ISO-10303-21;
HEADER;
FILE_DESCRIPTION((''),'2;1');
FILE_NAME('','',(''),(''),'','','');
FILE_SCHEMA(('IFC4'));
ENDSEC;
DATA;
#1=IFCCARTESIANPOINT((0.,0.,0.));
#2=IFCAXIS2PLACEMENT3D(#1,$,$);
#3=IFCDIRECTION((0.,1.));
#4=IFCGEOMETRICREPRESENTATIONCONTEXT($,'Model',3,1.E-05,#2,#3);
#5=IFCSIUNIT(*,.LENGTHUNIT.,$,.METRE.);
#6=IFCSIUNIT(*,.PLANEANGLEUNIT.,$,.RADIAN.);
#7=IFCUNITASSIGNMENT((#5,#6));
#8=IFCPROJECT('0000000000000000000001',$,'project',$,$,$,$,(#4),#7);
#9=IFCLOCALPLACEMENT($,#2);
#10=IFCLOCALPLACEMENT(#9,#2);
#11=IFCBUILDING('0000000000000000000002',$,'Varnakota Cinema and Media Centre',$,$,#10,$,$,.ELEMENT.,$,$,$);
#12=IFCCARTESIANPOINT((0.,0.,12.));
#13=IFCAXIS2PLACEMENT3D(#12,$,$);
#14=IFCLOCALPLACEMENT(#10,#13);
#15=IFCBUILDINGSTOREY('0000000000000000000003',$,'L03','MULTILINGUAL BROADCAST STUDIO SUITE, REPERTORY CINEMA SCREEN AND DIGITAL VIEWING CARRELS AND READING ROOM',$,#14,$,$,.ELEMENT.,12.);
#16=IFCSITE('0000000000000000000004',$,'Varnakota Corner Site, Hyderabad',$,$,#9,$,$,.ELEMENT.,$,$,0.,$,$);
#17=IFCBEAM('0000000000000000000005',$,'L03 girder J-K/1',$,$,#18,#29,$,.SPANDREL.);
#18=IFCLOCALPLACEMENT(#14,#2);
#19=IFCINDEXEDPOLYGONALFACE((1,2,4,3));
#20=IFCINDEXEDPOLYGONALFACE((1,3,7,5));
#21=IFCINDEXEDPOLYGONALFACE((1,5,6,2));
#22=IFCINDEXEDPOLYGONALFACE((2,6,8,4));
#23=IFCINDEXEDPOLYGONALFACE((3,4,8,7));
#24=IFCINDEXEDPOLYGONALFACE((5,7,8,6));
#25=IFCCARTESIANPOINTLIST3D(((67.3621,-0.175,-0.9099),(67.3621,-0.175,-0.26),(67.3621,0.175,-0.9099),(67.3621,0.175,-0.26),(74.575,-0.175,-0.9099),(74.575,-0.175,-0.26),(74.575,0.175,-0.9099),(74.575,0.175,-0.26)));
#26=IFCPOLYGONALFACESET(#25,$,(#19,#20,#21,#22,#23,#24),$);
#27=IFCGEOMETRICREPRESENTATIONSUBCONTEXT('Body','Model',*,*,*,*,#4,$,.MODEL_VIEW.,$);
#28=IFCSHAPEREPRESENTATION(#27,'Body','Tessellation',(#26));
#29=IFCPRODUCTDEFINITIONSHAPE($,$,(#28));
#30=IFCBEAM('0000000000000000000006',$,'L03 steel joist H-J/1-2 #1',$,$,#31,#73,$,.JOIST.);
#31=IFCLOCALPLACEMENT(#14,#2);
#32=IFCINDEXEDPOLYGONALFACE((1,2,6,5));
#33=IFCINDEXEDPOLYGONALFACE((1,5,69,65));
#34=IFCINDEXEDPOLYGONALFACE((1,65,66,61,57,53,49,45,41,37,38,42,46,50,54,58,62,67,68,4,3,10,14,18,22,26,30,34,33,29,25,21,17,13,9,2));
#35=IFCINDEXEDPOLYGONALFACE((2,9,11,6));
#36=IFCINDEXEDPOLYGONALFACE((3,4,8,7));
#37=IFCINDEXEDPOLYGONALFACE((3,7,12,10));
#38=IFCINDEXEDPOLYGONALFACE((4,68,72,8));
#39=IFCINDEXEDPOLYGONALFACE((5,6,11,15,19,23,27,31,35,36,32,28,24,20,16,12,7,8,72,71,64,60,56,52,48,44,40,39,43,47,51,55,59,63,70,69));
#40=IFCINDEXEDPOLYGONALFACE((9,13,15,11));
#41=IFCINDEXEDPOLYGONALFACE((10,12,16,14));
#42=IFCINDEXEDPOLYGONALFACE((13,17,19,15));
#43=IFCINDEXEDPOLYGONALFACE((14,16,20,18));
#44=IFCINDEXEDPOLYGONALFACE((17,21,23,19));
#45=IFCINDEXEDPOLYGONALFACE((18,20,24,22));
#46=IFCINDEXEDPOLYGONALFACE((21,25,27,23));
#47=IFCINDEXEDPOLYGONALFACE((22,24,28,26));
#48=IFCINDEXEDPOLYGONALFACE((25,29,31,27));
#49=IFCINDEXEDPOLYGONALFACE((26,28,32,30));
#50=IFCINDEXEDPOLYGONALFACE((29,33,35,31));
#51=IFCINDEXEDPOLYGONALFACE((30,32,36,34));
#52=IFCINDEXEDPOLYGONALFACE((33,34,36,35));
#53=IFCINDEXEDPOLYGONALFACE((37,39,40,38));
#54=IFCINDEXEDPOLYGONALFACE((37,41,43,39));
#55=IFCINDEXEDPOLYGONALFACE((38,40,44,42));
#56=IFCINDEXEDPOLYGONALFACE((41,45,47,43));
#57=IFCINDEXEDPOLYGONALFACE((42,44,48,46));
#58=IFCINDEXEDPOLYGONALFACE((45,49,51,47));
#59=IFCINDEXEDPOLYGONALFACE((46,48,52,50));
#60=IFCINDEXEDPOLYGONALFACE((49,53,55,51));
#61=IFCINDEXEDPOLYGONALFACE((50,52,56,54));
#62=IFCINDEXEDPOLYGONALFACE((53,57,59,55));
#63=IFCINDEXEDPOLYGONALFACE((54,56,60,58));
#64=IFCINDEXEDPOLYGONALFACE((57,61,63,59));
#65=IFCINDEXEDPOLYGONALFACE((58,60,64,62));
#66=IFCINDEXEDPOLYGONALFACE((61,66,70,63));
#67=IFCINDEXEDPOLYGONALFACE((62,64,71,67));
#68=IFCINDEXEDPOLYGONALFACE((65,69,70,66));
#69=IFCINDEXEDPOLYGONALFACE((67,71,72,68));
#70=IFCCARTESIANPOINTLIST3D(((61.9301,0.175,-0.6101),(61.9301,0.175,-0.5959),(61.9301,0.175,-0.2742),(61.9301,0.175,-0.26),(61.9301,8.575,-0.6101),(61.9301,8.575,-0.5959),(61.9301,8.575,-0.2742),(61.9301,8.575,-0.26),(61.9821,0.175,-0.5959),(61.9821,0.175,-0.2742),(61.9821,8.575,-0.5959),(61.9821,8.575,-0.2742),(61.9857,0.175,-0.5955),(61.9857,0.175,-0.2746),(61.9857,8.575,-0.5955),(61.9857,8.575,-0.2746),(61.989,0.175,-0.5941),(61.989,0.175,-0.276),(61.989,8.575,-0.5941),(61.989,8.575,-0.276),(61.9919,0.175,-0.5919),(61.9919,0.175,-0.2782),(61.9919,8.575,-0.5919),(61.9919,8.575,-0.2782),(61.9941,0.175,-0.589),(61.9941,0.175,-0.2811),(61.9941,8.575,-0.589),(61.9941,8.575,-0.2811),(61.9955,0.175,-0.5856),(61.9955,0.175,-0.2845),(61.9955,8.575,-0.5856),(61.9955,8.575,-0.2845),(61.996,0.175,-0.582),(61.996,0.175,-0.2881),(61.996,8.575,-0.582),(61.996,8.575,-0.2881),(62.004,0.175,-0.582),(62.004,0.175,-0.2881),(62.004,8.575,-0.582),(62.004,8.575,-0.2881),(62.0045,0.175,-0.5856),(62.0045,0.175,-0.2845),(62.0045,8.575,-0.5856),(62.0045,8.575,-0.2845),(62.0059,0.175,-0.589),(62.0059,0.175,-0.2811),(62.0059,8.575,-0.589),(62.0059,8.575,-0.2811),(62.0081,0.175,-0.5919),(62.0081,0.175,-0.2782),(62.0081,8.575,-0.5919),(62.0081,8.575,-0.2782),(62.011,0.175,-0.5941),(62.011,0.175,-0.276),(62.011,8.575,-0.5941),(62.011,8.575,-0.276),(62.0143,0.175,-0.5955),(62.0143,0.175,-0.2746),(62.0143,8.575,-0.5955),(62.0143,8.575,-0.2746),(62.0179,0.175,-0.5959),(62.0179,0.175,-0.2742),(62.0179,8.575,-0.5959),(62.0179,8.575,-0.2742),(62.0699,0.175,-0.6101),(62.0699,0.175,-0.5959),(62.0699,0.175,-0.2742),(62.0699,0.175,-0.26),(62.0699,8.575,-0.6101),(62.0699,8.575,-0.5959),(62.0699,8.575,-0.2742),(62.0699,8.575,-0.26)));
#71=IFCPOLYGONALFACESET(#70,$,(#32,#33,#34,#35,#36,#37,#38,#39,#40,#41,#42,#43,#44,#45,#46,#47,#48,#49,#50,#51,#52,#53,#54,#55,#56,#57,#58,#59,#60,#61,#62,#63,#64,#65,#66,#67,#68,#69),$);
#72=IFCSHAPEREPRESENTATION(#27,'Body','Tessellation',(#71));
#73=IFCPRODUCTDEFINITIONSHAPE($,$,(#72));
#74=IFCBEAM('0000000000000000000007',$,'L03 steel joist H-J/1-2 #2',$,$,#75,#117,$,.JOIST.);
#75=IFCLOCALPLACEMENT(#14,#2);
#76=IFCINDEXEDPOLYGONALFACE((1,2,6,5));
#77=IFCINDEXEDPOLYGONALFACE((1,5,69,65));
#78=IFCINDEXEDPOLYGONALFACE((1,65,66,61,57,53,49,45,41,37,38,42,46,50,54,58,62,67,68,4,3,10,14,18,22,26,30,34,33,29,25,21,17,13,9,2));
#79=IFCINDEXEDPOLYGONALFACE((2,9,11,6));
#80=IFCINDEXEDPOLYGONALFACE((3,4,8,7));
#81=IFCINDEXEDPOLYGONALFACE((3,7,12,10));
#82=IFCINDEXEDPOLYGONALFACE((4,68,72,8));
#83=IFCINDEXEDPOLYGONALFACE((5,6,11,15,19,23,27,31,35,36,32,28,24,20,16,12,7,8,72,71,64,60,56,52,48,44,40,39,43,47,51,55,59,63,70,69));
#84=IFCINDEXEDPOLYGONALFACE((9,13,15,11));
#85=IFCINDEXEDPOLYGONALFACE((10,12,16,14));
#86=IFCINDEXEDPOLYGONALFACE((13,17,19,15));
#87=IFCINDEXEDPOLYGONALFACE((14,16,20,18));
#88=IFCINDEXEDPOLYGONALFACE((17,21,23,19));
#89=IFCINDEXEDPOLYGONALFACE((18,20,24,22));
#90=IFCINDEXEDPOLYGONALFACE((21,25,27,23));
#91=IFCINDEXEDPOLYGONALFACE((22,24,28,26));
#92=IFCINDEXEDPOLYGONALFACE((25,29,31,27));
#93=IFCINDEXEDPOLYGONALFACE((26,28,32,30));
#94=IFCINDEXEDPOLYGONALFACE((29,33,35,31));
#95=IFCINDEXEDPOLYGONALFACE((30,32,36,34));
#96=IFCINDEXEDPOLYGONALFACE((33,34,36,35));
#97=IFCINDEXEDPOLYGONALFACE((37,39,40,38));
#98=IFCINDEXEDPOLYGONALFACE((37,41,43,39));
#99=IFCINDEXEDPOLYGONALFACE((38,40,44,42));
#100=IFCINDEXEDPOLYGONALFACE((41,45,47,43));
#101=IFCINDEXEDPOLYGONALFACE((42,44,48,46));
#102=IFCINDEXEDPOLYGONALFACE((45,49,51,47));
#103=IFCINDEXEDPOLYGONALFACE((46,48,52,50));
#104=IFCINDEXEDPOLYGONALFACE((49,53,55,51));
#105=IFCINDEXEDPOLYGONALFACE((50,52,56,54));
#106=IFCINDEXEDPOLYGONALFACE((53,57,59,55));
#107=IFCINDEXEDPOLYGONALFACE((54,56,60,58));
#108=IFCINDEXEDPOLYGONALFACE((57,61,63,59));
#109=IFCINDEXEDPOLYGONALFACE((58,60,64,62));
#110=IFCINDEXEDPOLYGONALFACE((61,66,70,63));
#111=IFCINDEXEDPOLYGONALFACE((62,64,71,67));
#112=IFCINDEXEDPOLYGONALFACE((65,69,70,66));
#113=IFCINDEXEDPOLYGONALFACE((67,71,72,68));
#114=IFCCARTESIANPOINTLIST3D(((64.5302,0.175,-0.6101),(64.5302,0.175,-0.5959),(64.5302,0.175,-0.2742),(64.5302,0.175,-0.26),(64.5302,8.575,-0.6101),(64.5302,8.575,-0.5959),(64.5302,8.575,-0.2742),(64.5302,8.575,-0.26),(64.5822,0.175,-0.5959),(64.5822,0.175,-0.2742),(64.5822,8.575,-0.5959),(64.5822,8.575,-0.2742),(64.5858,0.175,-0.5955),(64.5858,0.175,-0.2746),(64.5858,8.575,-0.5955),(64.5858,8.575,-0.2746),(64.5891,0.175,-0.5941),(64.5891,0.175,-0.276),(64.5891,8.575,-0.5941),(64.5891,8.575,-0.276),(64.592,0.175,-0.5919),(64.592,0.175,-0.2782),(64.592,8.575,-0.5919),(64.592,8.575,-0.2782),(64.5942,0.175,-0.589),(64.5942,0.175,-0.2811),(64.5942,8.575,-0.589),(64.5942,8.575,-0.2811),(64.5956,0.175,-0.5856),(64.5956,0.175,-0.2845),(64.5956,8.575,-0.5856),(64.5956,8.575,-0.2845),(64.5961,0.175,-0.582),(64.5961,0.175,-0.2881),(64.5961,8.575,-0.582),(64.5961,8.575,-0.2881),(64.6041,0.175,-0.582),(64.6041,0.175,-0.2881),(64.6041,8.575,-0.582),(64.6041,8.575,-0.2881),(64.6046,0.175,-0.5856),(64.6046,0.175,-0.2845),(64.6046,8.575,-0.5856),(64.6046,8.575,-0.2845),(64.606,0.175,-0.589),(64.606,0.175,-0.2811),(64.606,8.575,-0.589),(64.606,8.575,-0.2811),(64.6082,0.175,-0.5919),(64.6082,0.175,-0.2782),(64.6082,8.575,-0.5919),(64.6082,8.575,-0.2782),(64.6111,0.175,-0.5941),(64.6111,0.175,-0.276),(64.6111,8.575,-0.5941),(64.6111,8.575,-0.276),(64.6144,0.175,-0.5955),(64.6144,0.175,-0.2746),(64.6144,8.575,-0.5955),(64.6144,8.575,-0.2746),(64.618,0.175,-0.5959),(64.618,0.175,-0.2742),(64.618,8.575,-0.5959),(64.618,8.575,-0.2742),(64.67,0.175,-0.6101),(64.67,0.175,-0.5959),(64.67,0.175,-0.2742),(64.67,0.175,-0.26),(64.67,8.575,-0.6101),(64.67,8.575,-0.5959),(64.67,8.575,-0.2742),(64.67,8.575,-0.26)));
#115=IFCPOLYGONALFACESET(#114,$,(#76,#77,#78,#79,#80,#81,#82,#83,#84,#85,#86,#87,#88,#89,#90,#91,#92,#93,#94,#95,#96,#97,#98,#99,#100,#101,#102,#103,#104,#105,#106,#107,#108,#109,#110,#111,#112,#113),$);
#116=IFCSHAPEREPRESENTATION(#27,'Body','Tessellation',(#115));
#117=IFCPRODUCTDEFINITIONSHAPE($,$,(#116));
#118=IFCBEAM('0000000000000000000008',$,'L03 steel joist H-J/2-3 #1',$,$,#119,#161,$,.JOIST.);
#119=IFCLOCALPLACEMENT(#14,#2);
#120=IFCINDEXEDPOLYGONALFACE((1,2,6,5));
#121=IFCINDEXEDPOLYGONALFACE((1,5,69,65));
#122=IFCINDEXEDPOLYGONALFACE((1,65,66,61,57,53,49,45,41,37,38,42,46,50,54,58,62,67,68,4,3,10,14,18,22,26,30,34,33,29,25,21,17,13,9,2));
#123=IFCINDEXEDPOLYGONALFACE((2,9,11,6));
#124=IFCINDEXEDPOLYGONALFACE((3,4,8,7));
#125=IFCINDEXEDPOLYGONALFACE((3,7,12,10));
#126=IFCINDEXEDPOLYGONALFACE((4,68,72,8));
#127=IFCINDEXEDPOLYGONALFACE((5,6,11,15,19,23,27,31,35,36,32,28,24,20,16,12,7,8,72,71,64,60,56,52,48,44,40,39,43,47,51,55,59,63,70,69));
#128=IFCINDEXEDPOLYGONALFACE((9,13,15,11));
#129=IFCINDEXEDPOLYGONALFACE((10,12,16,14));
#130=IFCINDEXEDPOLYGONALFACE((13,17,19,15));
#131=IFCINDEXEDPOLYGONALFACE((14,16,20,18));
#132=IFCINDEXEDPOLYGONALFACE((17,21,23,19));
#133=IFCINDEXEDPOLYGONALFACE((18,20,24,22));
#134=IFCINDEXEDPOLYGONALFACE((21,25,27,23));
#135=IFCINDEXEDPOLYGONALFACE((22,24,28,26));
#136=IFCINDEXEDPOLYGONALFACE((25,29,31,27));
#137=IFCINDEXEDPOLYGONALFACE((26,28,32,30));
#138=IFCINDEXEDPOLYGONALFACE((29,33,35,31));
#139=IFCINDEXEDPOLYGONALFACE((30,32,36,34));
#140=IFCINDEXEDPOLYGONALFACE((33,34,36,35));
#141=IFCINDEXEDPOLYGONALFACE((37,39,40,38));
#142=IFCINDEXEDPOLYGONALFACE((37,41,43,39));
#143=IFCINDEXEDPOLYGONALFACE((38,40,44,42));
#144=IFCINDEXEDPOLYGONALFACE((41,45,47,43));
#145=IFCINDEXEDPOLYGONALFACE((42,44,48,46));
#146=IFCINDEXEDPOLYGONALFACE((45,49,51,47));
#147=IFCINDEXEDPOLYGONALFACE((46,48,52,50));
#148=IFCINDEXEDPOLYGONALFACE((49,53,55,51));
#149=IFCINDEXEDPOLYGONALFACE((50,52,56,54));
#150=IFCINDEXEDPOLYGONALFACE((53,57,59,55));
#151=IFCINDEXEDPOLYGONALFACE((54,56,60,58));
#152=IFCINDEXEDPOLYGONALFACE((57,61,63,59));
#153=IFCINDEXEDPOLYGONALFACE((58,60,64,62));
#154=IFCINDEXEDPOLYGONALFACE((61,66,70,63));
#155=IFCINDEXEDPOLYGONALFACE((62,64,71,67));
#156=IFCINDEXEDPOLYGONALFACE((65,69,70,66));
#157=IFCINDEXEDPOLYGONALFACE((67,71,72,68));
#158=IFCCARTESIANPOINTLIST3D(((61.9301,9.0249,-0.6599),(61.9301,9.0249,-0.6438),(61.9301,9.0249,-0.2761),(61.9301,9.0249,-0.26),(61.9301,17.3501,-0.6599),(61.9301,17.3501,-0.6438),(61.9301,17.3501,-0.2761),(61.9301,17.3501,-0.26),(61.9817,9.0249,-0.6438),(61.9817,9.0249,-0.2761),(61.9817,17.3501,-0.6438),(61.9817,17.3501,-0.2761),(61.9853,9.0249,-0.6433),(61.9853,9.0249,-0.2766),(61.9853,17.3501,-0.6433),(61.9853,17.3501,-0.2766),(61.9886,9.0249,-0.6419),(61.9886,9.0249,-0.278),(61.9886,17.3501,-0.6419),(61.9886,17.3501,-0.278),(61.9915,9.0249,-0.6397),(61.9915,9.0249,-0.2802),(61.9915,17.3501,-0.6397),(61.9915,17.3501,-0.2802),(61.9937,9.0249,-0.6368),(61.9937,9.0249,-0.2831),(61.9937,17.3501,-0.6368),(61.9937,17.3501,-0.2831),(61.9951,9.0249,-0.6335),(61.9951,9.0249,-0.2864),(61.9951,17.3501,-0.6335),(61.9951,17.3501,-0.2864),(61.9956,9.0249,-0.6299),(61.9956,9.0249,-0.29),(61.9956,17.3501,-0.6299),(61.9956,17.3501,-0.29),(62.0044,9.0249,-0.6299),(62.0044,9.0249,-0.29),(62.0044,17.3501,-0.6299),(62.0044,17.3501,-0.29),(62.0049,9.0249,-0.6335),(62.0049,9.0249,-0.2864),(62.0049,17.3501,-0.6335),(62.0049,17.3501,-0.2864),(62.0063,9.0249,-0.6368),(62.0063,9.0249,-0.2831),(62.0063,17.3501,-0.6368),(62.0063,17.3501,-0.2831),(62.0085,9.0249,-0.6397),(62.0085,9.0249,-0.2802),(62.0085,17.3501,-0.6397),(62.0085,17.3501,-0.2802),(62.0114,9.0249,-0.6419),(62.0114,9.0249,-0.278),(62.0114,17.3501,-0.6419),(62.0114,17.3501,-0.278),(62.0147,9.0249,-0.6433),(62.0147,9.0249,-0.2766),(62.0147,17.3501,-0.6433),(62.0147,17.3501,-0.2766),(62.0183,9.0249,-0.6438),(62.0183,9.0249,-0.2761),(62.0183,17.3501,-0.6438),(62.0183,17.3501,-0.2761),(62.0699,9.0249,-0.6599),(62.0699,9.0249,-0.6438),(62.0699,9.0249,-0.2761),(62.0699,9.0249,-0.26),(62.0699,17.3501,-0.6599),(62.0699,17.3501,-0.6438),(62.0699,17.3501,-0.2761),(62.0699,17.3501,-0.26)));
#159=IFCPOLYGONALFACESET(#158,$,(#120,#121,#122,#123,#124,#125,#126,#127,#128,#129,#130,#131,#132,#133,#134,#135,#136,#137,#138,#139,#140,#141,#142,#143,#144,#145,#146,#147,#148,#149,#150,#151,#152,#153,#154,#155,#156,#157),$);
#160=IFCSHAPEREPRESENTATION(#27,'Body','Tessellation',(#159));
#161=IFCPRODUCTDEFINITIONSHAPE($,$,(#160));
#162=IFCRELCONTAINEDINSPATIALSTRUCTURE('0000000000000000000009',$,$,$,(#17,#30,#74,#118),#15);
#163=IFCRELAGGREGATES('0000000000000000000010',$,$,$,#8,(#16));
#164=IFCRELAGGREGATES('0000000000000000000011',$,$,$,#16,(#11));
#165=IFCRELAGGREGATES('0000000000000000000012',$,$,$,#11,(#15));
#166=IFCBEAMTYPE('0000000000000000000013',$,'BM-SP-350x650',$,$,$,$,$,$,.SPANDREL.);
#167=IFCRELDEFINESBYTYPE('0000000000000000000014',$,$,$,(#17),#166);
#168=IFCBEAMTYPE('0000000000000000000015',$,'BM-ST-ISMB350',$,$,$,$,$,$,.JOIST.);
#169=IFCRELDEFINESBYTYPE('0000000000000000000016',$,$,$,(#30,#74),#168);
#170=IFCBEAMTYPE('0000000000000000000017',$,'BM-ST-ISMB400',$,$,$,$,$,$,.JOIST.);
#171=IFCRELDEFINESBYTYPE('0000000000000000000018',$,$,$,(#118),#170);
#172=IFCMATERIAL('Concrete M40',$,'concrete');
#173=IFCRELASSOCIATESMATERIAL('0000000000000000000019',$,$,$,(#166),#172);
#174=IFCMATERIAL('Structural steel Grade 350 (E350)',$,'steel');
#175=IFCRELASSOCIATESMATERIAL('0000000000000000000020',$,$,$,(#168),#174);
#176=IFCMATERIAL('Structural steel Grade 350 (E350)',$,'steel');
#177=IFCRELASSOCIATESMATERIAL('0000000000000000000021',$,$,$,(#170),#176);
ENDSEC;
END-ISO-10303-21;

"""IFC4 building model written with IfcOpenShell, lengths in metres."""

from ifc_helpers import new_model, si_unit, direction, frame, origin, origin_2d, place, context, subcontext, project, spatial, rectangle, i_section, extrude, material, material_profile, profile_set, type_object, element, save


model = new_model("IFC4")

# Units and contexts
model_context = context("Model", 3, precision=1e-05, world=origin(), true_north=direction((0.0, 1.0)))
body_context = subcontext(model_context, "Body", "Model", "MODEL_VIEW")
ifc_project = project(units=[si_unit("LENGTHUNIT", "METRE"), si_unit("PLANEANGLEUNIT", "RADIAN")], contexts=[model_context])

# Site, building, storey
site_placement = place(None, origin())
site = spatial("IfcSite", under=ifc_project, at=site_placement, Name="Varnakota Corner Site, Hyderabad", CompositionType="ELEMENT", RefElevation=0.0)
building_placement = place(site_placement, origin())
building = spatial("IfcBuilding", under=site, at=building_placement, Name="Varnakota Cinema and Media Centre", CompositionType="ELEMENT")
storey_placement = place(building_placement, frame((0.0, 0.0, 12.0)))
storey = spatial("IfcBuildingStorey", under=building, at=storey_placement, Name="L03", Description="MULTILINGUAL BROADCAST STUDIO SUITE, REPERTORY CINEMA SCREEN AND DIGITAL VIEWING CARRELS AND READING ROOM", CompositionType="ELEMENT", Elevation=12.0)

# Beams
ifc_material_1 = material(Name="Concrete M40", Category="concrete")
ifc_material_profile_1 = material_profile(ifc_material_1, rectangle(XDim=0.3501, YDim=0.6499, at=origin_2d()), Name="RCB 350x650")
ifc_profile_set_1 = profile_set([ifc_material_profile_1], Name="Concrete M40")
beam_type_1 = type_object("IfcBeamType", Name="BM-SP-350x650", PredefinedType="SPANDREL", material=ifc_profile_set_1)
beam_1_placement = place(storey_placement, frame((67.3621, 0.0, -0.585), z_axis=(1.0, 0.0, 0.0), x_axis=(0.0, 1.0, 0.0)))
element("IfcBeam", 1, at=beam_1_placement, inside=storey, type_object=beam_type_1, Name="L03 girder J-K/1", PredefinedType="SPANDREL", context=body_context, shape_type="SweptSolid", body=[
    extrude(rectangle(XDim=0.3501, YDim=0.6499, at=origin_2d()), origin(), (0.0, 0.0, 1.0), 7.2129),
])
ifc_material_2 = material(Name="Structural steel Grade 350 (E350)", Category="steel")
ifc_material_profile_2 = material_profile(ifc_material_2, i_section(OverallWidth=0.1399, OverallDepth=0.3501, WebThickness=0.0081, FlangeThickness=0.0142, FilletRadius=0.0139, at=origin_2d()), Name="ISMB 350")
ifc_profile_set_2 = profile_set([ifc_material_profile_2], Name="Structural steel Grade 350 (E350)")
beam_type_2 = type_object("IfcBeamType", Name="BM-ST-ISMB350", PredefinedType="JOIST", material=ifc_profile_set_2)
for number, where, z_axis, x_axis, name in (
    (2, (62.0, 0.175, -0.4351), (0.0, 1.0, 0.0), (-1.0, 0.0, 0.0), "L03 steel joist H-J/1-2 #1"),
    (3, (64.6001, 0.175, -0.4351), (0.0, 1.0, 0.0), (-1.0, 0.0, 0.0), "L03 steel joist H-J/1-2 #2"),
):
    element("IfcBeam", number, at=place(storey_placement, frame(where, z_axis=z_axis, x_axis=x_axis)), inside=storey, type_object=beam_type_2, Name=name, PredefinedType="JOIST", context=body_context, shape_type="SweptSolid", body=[
        extrude(i_section(OverallWidth=0.1399, OverallDepth=0.3501, WebThickness=0.0081, FlangeThickness=0.0142, FilletRadius=0.0139, at=origin_2d()), origin(), (0.0, 0.0, 1.0), 8.3999),
    ])
ifc_material_3 = material(Name="Structural steel Grade 350 (E350)", Category="steel")
ifc_material_profile_3 = material_profile(ifc_material_3, i_section(OverallWidth=0.1399, OverallDepth=0.3999, WebThickness=0.0088, FlangeThickness=0.0161, FilletRadius=0.0139, at=origin_2d()), Name="ISMB 400")
ifc_profile_set_3 = profile_set([ifc_material_profile_3], Name="Structural steel Grade 350 (E350)")
beam_type_3 = type_object("IfcBeamType", Name="BM-ST-ISMB400", PredefinedType="JOIST", material=ifc_profile_set_3)
for number, where, z_axis, x_axis, name in (
    (4, (62.0, 9.0249, -0.46), (0.0, 1.0, 0.0), (-1.0, 0.0, 0.0), "L03 steel joist H-J/2-3 #1"),
):
    element("IfcBeam", number, at=place(storey_placement, frame(where, z_axis=z_axis, x_axis=x_axis)), inside=storey, type_object=beam_type_3, Name=name, PredefinedType="JOIST", context=body_context, shape_type="SweptSolid", body=[
        extrude(i_section(OverallWidth=0.1399, OverallDepth=0.3999, WebThickness=0.0088, FlangeThickness=0.0161, FilletRadius=0.0139, at=origin_2d()), origin(), (0.0, 0.0, 1.0), 8.3252),
    ])

save(model, "model.ifc")
